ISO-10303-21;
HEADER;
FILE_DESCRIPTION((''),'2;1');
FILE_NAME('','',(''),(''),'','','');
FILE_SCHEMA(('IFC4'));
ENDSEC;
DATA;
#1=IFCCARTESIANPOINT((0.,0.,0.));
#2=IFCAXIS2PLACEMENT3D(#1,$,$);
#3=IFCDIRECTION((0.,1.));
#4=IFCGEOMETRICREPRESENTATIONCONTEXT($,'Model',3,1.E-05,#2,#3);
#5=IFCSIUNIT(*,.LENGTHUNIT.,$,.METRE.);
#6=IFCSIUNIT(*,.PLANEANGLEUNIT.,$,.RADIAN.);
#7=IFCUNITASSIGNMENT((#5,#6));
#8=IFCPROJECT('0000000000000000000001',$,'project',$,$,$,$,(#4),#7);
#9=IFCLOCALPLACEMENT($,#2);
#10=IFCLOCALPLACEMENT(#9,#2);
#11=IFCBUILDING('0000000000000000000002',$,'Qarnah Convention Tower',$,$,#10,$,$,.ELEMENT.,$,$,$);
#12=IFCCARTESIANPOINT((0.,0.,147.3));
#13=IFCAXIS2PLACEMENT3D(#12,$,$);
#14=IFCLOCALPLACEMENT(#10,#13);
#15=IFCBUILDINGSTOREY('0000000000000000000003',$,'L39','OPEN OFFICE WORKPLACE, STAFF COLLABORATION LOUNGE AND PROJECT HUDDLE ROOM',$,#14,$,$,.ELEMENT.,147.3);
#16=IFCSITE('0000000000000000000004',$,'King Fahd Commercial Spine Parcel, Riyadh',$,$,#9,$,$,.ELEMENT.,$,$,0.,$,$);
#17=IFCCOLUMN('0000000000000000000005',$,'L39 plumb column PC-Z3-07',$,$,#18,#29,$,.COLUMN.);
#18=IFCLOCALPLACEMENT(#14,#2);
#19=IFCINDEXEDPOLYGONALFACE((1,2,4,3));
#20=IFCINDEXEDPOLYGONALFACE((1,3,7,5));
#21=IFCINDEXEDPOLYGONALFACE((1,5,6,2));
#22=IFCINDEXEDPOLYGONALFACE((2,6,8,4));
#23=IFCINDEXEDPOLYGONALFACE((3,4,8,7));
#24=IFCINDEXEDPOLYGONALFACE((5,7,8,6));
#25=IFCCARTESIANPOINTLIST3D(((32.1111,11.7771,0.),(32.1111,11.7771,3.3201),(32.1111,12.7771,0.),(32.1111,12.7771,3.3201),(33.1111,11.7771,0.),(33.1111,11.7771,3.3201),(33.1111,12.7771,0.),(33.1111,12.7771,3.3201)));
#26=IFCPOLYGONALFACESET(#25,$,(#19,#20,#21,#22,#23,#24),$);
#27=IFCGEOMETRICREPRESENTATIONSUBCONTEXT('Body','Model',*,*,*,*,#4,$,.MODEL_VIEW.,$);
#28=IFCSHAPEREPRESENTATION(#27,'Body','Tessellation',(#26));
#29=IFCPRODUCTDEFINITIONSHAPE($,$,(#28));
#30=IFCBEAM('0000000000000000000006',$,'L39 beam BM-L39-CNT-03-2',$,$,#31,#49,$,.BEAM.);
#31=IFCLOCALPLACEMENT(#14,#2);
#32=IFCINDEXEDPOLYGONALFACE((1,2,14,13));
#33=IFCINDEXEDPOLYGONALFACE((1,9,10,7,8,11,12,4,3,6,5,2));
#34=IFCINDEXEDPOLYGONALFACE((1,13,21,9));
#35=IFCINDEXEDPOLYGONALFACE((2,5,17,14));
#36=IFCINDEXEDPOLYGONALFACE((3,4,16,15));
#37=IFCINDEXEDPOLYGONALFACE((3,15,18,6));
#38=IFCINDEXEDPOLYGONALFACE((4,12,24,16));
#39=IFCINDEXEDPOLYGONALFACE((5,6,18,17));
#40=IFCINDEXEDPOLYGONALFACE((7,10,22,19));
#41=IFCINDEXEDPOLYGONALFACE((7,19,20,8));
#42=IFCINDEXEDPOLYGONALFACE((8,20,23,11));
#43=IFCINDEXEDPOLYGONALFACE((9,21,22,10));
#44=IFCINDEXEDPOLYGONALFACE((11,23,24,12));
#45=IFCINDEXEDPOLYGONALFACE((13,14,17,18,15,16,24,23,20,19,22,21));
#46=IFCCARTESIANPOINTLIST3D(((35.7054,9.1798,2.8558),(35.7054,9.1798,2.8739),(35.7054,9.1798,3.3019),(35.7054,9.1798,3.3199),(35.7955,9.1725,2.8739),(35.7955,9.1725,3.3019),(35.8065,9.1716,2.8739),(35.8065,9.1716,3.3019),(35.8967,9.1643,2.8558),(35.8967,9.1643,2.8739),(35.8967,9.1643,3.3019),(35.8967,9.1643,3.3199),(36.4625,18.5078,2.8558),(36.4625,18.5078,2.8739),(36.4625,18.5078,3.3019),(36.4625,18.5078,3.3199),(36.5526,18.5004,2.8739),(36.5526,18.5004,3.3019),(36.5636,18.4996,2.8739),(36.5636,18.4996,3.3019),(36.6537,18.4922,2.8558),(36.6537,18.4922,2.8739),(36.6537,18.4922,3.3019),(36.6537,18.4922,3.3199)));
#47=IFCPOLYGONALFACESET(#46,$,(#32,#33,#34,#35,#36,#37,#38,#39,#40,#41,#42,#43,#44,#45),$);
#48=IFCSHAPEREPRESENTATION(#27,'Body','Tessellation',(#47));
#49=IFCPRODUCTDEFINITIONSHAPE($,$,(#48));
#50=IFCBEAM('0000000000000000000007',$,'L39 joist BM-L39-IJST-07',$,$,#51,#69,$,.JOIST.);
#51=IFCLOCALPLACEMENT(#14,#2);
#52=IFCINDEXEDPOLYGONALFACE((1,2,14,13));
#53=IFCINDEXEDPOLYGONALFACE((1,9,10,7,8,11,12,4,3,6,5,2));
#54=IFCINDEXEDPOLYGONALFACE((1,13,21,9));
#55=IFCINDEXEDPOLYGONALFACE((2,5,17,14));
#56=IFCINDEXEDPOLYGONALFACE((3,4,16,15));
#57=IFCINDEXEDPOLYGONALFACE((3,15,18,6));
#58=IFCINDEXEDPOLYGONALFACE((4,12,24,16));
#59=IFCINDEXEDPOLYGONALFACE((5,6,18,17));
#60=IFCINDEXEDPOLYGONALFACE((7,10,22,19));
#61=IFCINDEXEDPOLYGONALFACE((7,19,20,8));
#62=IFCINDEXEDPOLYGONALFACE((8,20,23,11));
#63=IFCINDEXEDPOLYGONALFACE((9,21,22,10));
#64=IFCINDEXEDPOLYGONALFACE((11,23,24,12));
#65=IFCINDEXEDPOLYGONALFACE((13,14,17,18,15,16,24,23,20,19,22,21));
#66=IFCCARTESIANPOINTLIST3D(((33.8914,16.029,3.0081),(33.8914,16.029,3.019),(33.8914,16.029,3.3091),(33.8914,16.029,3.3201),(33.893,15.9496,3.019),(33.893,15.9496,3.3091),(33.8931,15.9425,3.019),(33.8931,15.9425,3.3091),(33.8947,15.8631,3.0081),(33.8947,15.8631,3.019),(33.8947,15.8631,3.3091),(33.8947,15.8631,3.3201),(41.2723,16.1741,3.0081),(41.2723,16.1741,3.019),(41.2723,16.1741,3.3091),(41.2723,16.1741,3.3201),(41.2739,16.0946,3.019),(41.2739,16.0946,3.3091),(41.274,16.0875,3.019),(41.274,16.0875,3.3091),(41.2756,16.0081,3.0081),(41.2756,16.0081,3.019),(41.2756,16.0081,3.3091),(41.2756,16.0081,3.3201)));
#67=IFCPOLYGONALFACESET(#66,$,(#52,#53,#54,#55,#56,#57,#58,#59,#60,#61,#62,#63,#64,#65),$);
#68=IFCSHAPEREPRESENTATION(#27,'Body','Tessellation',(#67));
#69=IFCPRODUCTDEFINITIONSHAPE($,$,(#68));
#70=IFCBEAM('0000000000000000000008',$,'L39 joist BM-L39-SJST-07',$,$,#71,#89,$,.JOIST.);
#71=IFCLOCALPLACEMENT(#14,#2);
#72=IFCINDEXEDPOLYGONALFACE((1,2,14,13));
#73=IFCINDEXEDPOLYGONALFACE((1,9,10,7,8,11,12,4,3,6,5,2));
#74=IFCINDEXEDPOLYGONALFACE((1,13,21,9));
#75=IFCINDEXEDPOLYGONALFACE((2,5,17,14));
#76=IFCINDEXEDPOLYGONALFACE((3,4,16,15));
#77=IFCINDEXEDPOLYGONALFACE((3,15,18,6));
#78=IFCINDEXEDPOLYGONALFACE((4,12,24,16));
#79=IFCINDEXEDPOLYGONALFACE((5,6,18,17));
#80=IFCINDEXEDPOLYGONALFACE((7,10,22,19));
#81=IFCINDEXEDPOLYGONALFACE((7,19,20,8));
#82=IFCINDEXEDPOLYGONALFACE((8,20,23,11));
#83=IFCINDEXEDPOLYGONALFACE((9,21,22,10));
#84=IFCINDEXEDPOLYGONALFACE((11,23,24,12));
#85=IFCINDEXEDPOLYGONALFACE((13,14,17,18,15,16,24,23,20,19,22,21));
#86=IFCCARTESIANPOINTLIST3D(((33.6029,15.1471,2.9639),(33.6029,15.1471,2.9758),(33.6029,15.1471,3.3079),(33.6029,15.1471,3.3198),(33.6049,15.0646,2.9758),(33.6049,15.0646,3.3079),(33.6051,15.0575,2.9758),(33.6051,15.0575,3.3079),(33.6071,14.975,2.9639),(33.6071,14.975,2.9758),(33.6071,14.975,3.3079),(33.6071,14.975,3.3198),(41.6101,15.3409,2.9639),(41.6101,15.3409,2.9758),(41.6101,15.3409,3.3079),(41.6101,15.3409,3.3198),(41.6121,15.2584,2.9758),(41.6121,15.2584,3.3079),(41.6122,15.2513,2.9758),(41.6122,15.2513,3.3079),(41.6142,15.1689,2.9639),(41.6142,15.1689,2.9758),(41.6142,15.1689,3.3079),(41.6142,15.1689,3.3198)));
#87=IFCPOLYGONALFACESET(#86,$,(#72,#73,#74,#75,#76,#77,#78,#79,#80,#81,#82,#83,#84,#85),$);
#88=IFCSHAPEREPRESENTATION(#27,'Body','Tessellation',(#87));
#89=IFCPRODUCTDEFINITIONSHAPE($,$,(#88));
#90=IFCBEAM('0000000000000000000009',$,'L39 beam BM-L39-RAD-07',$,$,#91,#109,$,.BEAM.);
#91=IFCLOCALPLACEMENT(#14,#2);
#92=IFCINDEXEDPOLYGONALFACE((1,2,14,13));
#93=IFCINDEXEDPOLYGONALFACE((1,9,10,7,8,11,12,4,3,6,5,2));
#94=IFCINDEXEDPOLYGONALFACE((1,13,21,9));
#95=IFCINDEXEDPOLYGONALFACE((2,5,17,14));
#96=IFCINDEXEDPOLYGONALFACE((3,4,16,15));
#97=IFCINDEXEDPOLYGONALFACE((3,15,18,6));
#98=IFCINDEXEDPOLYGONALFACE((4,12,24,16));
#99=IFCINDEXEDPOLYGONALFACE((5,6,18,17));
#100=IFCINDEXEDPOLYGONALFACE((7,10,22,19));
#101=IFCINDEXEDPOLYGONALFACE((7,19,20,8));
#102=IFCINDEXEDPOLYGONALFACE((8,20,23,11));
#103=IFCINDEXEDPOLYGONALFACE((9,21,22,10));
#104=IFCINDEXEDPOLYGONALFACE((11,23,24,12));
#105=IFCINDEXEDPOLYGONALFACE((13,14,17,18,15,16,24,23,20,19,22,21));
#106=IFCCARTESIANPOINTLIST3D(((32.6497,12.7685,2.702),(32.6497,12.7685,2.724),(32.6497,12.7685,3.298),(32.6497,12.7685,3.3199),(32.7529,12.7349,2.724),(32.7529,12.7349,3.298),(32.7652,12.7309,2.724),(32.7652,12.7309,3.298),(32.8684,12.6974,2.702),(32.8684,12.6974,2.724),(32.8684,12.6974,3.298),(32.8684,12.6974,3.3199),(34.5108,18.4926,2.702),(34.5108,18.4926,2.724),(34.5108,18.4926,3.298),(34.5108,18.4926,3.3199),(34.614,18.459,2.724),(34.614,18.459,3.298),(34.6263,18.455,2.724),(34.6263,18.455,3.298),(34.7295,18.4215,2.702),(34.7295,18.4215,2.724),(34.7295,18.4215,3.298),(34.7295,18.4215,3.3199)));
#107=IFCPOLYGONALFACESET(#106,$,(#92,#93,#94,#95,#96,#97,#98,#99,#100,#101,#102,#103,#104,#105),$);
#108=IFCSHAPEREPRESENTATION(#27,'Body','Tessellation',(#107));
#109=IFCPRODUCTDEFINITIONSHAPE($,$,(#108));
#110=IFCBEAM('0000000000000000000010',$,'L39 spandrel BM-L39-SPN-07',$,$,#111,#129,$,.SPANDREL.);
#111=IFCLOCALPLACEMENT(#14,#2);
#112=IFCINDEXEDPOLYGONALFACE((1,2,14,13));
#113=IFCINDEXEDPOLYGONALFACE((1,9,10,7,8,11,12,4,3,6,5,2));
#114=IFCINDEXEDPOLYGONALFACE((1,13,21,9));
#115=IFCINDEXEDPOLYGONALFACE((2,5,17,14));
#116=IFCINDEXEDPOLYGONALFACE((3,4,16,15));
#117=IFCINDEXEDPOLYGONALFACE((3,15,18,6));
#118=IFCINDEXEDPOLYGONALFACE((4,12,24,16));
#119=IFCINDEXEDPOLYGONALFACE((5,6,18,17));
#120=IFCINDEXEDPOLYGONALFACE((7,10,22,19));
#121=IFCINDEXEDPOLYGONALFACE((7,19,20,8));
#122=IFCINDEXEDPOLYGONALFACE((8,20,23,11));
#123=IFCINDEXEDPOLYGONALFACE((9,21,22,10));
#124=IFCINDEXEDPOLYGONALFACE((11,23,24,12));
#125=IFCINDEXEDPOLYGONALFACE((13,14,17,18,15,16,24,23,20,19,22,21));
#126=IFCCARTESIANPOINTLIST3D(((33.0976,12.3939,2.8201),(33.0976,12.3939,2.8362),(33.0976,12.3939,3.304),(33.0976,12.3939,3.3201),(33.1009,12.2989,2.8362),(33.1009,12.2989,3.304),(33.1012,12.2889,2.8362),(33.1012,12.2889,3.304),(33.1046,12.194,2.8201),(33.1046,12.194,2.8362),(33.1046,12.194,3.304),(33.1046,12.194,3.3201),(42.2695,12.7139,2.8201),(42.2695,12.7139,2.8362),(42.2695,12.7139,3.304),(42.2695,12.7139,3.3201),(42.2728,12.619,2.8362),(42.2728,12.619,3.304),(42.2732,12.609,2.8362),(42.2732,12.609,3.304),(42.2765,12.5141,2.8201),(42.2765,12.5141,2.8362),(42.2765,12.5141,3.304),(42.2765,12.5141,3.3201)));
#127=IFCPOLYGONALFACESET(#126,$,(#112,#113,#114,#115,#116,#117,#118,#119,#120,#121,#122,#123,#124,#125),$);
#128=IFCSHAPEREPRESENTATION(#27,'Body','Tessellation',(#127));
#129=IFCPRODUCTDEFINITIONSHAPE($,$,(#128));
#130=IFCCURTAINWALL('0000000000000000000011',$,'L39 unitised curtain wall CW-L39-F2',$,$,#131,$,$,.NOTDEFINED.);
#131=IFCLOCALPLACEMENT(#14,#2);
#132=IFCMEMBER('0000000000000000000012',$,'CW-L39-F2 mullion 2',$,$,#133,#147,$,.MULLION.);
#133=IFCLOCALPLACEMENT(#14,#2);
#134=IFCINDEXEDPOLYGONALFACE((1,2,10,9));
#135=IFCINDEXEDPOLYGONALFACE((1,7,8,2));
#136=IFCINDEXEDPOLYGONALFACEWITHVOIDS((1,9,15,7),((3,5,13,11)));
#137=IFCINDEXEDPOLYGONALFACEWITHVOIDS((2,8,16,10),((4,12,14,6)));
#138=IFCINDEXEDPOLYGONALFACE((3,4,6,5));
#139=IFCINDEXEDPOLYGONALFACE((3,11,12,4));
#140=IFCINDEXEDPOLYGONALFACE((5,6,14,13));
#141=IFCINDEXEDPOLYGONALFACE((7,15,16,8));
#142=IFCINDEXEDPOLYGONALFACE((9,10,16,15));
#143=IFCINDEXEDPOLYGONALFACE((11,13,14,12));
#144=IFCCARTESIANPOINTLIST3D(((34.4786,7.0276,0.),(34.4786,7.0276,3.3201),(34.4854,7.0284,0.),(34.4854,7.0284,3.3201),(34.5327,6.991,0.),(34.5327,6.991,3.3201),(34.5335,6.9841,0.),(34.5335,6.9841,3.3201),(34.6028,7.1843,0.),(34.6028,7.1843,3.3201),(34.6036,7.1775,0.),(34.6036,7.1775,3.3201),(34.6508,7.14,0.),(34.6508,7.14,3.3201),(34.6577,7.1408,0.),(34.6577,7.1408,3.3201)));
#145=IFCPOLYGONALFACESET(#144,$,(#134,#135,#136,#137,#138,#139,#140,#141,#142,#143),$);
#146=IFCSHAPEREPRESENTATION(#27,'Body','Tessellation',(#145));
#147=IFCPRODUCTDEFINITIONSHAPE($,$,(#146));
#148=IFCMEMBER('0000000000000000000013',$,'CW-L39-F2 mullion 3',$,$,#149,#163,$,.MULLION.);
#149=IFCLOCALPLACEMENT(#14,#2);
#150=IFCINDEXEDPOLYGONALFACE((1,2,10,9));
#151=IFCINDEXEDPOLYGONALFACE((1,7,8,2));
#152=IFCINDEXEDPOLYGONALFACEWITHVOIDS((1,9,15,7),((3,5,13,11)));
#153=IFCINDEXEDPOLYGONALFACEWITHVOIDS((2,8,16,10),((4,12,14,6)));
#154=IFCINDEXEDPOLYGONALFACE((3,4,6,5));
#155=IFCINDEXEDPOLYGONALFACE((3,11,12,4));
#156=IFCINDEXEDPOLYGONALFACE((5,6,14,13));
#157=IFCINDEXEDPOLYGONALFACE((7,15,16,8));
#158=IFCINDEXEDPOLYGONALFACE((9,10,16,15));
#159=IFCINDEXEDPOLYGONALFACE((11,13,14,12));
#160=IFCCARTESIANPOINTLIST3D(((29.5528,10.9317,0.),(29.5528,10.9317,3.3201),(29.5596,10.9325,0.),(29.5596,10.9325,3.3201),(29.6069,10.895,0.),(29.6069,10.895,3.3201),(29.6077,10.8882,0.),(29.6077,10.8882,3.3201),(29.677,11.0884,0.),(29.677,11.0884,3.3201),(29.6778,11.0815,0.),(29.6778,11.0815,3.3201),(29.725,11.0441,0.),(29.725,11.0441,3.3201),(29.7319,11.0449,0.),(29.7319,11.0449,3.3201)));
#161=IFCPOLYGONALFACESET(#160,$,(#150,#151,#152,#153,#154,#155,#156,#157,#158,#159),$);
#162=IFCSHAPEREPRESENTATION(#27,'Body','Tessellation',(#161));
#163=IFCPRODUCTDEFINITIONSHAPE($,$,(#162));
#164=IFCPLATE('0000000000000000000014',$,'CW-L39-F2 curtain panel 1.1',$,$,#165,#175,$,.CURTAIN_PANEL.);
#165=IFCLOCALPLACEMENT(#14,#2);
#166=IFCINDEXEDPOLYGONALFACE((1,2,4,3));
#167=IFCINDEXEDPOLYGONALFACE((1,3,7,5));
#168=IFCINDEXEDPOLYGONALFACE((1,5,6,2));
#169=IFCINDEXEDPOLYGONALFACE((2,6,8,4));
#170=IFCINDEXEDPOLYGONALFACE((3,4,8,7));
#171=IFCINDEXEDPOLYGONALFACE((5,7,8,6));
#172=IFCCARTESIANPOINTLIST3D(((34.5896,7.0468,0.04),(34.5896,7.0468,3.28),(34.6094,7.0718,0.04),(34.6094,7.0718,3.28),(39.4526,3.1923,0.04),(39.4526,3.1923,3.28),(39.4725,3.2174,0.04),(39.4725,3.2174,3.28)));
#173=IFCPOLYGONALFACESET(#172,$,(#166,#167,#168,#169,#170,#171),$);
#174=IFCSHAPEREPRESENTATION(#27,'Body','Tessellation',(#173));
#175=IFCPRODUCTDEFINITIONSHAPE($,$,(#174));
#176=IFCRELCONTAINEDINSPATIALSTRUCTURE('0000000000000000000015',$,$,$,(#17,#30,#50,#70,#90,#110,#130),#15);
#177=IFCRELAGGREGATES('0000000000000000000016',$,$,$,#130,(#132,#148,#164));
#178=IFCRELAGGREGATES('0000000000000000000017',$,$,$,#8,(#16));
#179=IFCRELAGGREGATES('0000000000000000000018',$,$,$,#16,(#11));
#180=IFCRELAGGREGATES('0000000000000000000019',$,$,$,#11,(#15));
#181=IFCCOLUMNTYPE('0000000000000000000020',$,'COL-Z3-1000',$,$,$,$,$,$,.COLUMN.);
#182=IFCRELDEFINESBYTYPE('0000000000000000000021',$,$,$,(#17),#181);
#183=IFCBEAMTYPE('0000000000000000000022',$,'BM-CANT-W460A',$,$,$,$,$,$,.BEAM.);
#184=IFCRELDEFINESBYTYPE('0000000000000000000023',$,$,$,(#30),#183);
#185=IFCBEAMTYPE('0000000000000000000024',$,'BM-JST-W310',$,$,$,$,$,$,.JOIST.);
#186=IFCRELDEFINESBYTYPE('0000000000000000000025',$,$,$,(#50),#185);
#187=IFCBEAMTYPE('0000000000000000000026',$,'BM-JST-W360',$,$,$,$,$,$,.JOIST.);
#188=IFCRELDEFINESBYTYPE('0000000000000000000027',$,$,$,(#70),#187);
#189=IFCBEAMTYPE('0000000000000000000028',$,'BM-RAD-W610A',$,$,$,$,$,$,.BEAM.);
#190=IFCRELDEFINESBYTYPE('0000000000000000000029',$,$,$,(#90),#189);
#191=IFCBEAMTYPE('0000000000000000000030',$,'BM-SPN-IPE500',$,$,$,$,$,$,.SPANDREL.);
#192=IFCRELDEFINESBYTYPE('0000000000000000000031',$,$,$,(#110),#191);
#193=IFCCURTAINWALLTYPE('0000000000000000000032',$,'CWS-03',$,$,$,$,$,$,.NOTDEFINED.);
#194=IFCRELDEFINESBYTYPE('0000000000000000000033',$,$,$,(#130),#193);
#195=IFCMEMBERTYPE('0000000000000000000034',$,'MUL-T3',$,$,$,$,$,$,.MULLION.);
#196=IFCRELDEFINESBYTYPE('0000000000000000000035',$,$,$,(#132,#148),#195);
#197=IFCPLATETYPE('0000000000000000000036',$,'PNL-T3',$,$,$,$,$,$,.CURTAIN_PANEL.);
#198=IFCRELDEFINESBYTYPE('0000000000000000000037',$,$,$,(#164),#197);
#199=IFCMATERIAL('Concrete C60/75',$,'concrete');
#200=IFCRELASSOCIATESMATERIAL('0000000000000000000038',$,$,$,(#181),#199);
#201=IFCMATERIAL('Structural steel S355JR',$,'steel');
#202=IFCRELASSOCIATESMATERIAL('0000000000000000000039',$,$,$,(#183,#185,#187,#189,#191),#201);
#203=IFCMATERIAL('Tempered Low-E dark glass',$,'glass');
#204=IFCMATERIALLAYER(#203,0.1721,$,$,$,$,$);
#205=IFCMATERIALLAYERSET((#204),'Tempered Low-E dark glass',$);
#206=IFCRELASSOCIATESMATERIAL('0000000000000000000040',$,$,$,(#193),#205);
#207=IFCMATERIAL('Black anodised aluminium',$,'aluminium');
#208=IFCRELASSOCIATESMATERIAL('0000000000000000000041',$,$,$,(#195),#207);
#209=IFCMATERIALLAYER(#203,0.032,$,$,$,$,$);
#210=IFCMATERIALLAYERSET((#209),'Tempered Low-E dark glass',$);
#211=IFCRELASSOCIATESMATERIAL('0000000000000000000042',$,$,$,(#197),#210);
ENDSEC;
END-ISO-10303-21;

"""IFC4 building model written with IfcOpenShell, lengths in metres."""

from ifc_helpers import new_model, si_unit, direction, frame, origin, origin_2d, place, context, subcontext, project, spatial, rectangle, hollow_rectangle, i_section, extrude, material, layer, layer_set, material_profile, profile_set, type_object, element, aggregate, save


model = new_model("IFC4")

# Units and contexts
model_context = context("Model", 3, precision=1e-05, world=origin(), true_north=direction((0.0, 1.0)))
body_context = subcontext(model_context, "Body", "Model", "MODEL_VIEW")
ifc_project = project(units=[si_unit("LENGTHUNIT", "METRE"), si_unit("PLANEANGLEUNIT", "RADIAN")], contexts=[model_context])

# Site, building, storey
site_placement = place(None, origin())
site = spatial("IfcSite", under=ifc_project, at=site_placement, Name="King Fahd Commercial Spine Parcel, Riyadh", CompositionType="ELEMENT", RefElevation=0.0)
building_placement = place(site_placement, origin())
building = spatial("IfcBuilding", under=site, at=building_placement, Name="Qarnah Convention Tower", CompositionType="ELEMENT")
storey_placement = place(building_placement, frame((0.0, 0.0, 147.3)))
storey = spatial("IfcBuildingStorey", under=building, at=storey_placement, Name="L39", Description="OPEN OFFICE WORKPLACE, STAFF COLLABORATION LOUNGE AND PROJECT HUDDLE ROOM", CompositionType="ELEMENT", Elevation=147.3)

# Column
ifc_material_1 = material(Name="Concrete C60/75", Category="concrete")
ifc_material_profile_1 = material_profile(ifc_material_1, rectangle(XDim=1.0, YDim=1.0, at=origin_2d()), Name="RC-COL-1000X1000")
ifc_profile_set_1 = profile_set([ifc_material_profile_1], Name="Concrete C60/75")
column_type = type_object("IfcColumnType", Name="COL-Z3-1000", PredefinedType="COLUMN", material=ifc_profile_set_1)
column_placement = place(storey_placement, frame((32.6111, 12.2771, 0.0), z_axis=(0.0, 0.0, 1.0), x_axis=(1.0, 0.0, 0.0)))
element("IfcColumn", 1, at=column_placement, inside=storey, type_object=column_type, Name="L39 plumb column PC-Z3-07", PredefinedType="COLUMN", context=body_context, shape_type="SweptSolid", body=[
    extrude(rectangle(XDim=1.0, YDim=1.0, at=origin_2d()), origin(), (0.0, 0.0, 1.0), 3.3201),
])

# Beams
ifc_material_2 = material(Name="Structural steel S355JR", Category="steel")
ifc_material_profile_2 = material_profile(ifc_material_2, i_section(OverallWidth=0.1919, OverallDepth=0.4641, WebThickness=0.011, FlangeThickness=0.0181, at=origin_2d()), Name="W460X89")
ifc_profile_set_2 = profile_set([ifc_material_profile_2], Name="Structural steel S355JR")
beam_type_1 = type_object("IfcBeamType", Name="BM-CANT-W460A", PredefinedType="BEAM", material=ifc_profile_set_2)
beam_1_placement = place(storey_placement, frame((36.5581, 18.5, 3.0879), z_axis=(-0.080897, -0.996722, 0.0), x_axis=(0.996722, -0.080897, 0.0)))
element("IfcBeam", 2, at=beam_1_placement, inside=storey, type_object=beam_type_1, Name="L39 beam BM-L39-CNT-03-2", PredefinedType="BEAM", context=body_context, shape_type="SweptSolid", body=[
    extrude(i_section(OverallWidth=0.1919, OverallDepth=0.4641, WebThickness=0.011, FlangeThickness=0.0181, at=origin_2d()), origin(), (0.0, 0.0, 1.0), 9.3586),
])
ifc_material_profile_3 = material_profile(ifc_material_2, i_section(OverallWidth=0.166, OverallDepth=0.312, WebThickness=0.0071, FlangeThickness=0.011, at=origin_2d()), Name="W310X45")
ifc_profile_set_3 = profile_set([ifc_material_profile_3], Name="Structural steel S355JR")
beam_type_2 = type_object("IfcBeamType", Name="BM-JST-W310", PredefinedType="JOIST", material=ifc_profile_set_3)
beam_2_placement = place(storey_placement, frame((33.8931, 15.946, 3.1641), z_axis=(0.999807, 0.019644, 0.0), x_axis=(-0.019644, 0.999807, 0.0)))
element("IfcBeam", 3, at=beam_2_placement, inside=storey, type_object=beam_type_2, Name="L39 joist BM-L39-IJST-07", PredefinedType="JOIST", context=body_context, shape_type="SweptSolid", body=[
    extrude(i_section(OverallWidth=0.166, OverallDepth=0.312, WebThickness=0.0071, FlangeThickness=0.011, at=origin_2d()), origin(), (0.0, 0.0, 1.0), 7.3823),
])
ifc_material_profile_4 = material_profile(ifc_material_2, i_section(OverallWidth=0.1721, OverallDepth=0.356, WebThickness=0.0071, FlangeThickness=0.012, at=origin_2d()), Name="W360X51")
ifc_profile_set_4 = profile_set([ifc_material_profile_4], Name="Structural steel S355JR")
beam_type_3 = type_object("IfcBeamType", Name="BM-JST-W360", PredefinedType="JOIST", material=ifc_profile_set_4)
beam_3_placement = place(storey_placement, frame((33.605, 15.061, 3.1418), z_axis=(0.999707, 0.024202, 0.0), x_axis=(-0.024202, 0.999707, 0.0)))
element("IfcBeam", 4, at=beam_3_placement, inside=storey, type_object=beam_type_3, Name="L39 joist BM-L39-SJST-07", PredefinedType="JOIST", context=body_context, shape_type="SweptSolid", body=[
    extrude(i_section(OverallWidth=0.1721, OverallDepth=0.356, WebThickness=0.0071, FlangeThickness=0.012, at=origin_2d()), origin(), (0.0, 0.0, 1.0), 8.0095),
])
ifc_material_profile_5 = material_profile(ifc_material_2, i_section(OverallWidth=0.23, OverallDepth=0.6179, WebThickness=0.0129, FlangeThickness=0.022, at=origin_2d()), Name="W610X140")
ifc_profile_set_5 = profile_set([ifc_material_profile_5], Name="Structural steel S355JR")
beam_type_4 = type_object("IfcBeamType", Name="BM-RAD-W610A", PredefinedType="BEAM", material=ifc_profile_set_5)
beam_4_placement = place(storey_placement, frame((34.6201, 18.457, 3.011), z_axis=(-0.309198, -0.950998, 0.0), x_axis=(0.950998, -0.309198, 0.0)))
element("IfcBeam", 5, at=beam_4_placement, inside=storey, type_object=beam_type_4, Name="L39 beam BM-L39-RAD-07", PredefinedType="BEAM", context=body_context, shape_type="SweptSolid", body=[
    extrude(i_section(OverallWidth=0.23, OverallDepth=0.6179, WebThickness=0.0129, FlangeThickness=0.022, at=origin_2d()), origin(), (0.0, 0.0, 1.0), 6.019),
])
ifc_material_profile_6 = material_profile(ifc_material_2, i_section(OverallWidth=0.2, OverallDepth=0.5, WebThickness=0.01, FlangeThickness=0.0161, at=origin_2d()), Name="IPE500")
ifc_profile_set_6 = profile_set([ifc_material_profile_6], Name="Structural steel S355JR")
beam_type_5 = type_object("IfcBeamType", Name="BM-SPN-IPE500", PredefinedType="SPANDREL", material=ifc_profile_set_6)
beam_5_placement = place(storey_placement, frame((33.1011, 12.2939, 3.0701), z_axis=(0.999392, 0.034875, 0.0), x_axis=(-0.034875, 0.999392, 0.0)))
element("IfcBeam", 6, at=beam_5_placement, inside=storey, type_object=beam_type_5, Name="L39 spandrel BM-L39-SPN-07", PredefinedType="SPANDREL", context=body_context, shape_type="SweptSolid", body=[
    extrude(i_section(OverallWidth=0.2, OverallDepth=0.5, WebThickness=0.01, FlangeThickness=0.0161, at=origin_2d()), origin(), (0.0, 0.0, 1.0), 9.1775),
])

# Curtain wall, members, plate
ifc_material_3 = material(Name="Tempered Low-E dark glass", Category="glass")
ifc_layer_1 = layer(ifc_material_3, 0.1721)
ifc_layer_set_1 = layer_set([ifc_layer_1], Name="Tempered Low-E dark glass")
curtain_wall_type = type_object("IfcCurtainWallType", Name="CWS-03", PredefinedType="NOTDEFINED", material=ifc_layer_set_1)
curtain_wall_placement = place(storey_placement, origin())
curtain_wall = element("IfcCurtainWall", 7, at=curtain_wall_placement, inside=storey, type_object=curtain_wall_type, Name="L39 unitised curtain wall CW-L39-F2", PredefinedType="NOTDEFINED")
ifc_material_4 = material(Name="Black anodised aluminium", Category="aluminium")
ifc_material_profile_7 = material_profile(ifc_material_4, hollow_rectangle(XDim=0.0701, YDim=0.2, WallThickness=0.0049, at=origin_2d()), Name="MUL-70X200")
ifc_profile_set_7 = profile_set([ifc_material_profile_7], Name="Black anodised aluminium")
member_type = type_object("IfcMemberType", Name="MUL-T3", PredefinedType="MULLION", material=ifc_profile_set_7)
member_1_placement = place(storey_placement, frame((34.5681, 7.0842, 0.0), z_axis=(0.0, 0.0, 1.0), x_axis=(-0.783689, 0.621154, 0.0)))
member_1 = element("IfcMember", 8, at=member_1_placement, type_object=member_type, Name="CW-L39-F2 mullion 2", PredefinedType="MULLION", context=body_context, shape_type="SweptSolid", body=[
    extrude(hollow_rectangle(XDim=0.0701, YDim=0.2, WallThickness=0.0049, at=origin_2d()), origin(), (0.0, 0.0, 1.0), 3.3201),
])
member_2_placement = place(storey_placement, frame((29.6423, 10.9883, 0.0), z_axis=(0.0, 0.0, 1.0), x_axis=(-0.783689, 0.621154, 0.0)))
member_2 = element("IfcMember", 9, at=member_2_placement, type_object=member_type, Name="CW-L39-F2 mullion 3", PredefinedType="MULLION", context=body_context, shape_type="SweptSolid", body=[
    extrude(hollow_rectangle(XDim=0.0701, YDim=0.2, WallThickness=0.0049, at=origin_2d()), origin(), (0.0, 0.0, 1.0), 3.3201),
])
ifc_layer_2 = layer(ifc_material_3, 0.032)
ifc_layer_set_2 = layer_set([ifc_layer_2], Name="Tempered Low-E dark glass")
plate_type = type_object("IfcPlateType", Name="PNL-T3", PredefinedType="CURTAIN_PANEL", material=ifc_layer_set_2)
plate_1_placement = place(storey_placement, frame((37.031, 5.1321, 0.04), z_axis=(0.0, 0.0, 1.0), x_axis=(-0.783689, 0.621154, 0.0)))
plate_1 = element("IfcPlate", 10, at=plate_1_placement, type_object=plate_type, Name="CW-L39-F2 curtain panel 1.1", PredefinedType="CURTAIN_PANEL", context=body_context, shape_type="SweptSolid", body=[
    extrude(rectangle(XDim=6.2053, YDim=0.032, at=origin_2d()), origin(), (0.0, 0.0, 1.0), 3.24),
])
aggregate(curtain_wall, [member_1, member_2, plate_1])

save(model, "model.ifc")
